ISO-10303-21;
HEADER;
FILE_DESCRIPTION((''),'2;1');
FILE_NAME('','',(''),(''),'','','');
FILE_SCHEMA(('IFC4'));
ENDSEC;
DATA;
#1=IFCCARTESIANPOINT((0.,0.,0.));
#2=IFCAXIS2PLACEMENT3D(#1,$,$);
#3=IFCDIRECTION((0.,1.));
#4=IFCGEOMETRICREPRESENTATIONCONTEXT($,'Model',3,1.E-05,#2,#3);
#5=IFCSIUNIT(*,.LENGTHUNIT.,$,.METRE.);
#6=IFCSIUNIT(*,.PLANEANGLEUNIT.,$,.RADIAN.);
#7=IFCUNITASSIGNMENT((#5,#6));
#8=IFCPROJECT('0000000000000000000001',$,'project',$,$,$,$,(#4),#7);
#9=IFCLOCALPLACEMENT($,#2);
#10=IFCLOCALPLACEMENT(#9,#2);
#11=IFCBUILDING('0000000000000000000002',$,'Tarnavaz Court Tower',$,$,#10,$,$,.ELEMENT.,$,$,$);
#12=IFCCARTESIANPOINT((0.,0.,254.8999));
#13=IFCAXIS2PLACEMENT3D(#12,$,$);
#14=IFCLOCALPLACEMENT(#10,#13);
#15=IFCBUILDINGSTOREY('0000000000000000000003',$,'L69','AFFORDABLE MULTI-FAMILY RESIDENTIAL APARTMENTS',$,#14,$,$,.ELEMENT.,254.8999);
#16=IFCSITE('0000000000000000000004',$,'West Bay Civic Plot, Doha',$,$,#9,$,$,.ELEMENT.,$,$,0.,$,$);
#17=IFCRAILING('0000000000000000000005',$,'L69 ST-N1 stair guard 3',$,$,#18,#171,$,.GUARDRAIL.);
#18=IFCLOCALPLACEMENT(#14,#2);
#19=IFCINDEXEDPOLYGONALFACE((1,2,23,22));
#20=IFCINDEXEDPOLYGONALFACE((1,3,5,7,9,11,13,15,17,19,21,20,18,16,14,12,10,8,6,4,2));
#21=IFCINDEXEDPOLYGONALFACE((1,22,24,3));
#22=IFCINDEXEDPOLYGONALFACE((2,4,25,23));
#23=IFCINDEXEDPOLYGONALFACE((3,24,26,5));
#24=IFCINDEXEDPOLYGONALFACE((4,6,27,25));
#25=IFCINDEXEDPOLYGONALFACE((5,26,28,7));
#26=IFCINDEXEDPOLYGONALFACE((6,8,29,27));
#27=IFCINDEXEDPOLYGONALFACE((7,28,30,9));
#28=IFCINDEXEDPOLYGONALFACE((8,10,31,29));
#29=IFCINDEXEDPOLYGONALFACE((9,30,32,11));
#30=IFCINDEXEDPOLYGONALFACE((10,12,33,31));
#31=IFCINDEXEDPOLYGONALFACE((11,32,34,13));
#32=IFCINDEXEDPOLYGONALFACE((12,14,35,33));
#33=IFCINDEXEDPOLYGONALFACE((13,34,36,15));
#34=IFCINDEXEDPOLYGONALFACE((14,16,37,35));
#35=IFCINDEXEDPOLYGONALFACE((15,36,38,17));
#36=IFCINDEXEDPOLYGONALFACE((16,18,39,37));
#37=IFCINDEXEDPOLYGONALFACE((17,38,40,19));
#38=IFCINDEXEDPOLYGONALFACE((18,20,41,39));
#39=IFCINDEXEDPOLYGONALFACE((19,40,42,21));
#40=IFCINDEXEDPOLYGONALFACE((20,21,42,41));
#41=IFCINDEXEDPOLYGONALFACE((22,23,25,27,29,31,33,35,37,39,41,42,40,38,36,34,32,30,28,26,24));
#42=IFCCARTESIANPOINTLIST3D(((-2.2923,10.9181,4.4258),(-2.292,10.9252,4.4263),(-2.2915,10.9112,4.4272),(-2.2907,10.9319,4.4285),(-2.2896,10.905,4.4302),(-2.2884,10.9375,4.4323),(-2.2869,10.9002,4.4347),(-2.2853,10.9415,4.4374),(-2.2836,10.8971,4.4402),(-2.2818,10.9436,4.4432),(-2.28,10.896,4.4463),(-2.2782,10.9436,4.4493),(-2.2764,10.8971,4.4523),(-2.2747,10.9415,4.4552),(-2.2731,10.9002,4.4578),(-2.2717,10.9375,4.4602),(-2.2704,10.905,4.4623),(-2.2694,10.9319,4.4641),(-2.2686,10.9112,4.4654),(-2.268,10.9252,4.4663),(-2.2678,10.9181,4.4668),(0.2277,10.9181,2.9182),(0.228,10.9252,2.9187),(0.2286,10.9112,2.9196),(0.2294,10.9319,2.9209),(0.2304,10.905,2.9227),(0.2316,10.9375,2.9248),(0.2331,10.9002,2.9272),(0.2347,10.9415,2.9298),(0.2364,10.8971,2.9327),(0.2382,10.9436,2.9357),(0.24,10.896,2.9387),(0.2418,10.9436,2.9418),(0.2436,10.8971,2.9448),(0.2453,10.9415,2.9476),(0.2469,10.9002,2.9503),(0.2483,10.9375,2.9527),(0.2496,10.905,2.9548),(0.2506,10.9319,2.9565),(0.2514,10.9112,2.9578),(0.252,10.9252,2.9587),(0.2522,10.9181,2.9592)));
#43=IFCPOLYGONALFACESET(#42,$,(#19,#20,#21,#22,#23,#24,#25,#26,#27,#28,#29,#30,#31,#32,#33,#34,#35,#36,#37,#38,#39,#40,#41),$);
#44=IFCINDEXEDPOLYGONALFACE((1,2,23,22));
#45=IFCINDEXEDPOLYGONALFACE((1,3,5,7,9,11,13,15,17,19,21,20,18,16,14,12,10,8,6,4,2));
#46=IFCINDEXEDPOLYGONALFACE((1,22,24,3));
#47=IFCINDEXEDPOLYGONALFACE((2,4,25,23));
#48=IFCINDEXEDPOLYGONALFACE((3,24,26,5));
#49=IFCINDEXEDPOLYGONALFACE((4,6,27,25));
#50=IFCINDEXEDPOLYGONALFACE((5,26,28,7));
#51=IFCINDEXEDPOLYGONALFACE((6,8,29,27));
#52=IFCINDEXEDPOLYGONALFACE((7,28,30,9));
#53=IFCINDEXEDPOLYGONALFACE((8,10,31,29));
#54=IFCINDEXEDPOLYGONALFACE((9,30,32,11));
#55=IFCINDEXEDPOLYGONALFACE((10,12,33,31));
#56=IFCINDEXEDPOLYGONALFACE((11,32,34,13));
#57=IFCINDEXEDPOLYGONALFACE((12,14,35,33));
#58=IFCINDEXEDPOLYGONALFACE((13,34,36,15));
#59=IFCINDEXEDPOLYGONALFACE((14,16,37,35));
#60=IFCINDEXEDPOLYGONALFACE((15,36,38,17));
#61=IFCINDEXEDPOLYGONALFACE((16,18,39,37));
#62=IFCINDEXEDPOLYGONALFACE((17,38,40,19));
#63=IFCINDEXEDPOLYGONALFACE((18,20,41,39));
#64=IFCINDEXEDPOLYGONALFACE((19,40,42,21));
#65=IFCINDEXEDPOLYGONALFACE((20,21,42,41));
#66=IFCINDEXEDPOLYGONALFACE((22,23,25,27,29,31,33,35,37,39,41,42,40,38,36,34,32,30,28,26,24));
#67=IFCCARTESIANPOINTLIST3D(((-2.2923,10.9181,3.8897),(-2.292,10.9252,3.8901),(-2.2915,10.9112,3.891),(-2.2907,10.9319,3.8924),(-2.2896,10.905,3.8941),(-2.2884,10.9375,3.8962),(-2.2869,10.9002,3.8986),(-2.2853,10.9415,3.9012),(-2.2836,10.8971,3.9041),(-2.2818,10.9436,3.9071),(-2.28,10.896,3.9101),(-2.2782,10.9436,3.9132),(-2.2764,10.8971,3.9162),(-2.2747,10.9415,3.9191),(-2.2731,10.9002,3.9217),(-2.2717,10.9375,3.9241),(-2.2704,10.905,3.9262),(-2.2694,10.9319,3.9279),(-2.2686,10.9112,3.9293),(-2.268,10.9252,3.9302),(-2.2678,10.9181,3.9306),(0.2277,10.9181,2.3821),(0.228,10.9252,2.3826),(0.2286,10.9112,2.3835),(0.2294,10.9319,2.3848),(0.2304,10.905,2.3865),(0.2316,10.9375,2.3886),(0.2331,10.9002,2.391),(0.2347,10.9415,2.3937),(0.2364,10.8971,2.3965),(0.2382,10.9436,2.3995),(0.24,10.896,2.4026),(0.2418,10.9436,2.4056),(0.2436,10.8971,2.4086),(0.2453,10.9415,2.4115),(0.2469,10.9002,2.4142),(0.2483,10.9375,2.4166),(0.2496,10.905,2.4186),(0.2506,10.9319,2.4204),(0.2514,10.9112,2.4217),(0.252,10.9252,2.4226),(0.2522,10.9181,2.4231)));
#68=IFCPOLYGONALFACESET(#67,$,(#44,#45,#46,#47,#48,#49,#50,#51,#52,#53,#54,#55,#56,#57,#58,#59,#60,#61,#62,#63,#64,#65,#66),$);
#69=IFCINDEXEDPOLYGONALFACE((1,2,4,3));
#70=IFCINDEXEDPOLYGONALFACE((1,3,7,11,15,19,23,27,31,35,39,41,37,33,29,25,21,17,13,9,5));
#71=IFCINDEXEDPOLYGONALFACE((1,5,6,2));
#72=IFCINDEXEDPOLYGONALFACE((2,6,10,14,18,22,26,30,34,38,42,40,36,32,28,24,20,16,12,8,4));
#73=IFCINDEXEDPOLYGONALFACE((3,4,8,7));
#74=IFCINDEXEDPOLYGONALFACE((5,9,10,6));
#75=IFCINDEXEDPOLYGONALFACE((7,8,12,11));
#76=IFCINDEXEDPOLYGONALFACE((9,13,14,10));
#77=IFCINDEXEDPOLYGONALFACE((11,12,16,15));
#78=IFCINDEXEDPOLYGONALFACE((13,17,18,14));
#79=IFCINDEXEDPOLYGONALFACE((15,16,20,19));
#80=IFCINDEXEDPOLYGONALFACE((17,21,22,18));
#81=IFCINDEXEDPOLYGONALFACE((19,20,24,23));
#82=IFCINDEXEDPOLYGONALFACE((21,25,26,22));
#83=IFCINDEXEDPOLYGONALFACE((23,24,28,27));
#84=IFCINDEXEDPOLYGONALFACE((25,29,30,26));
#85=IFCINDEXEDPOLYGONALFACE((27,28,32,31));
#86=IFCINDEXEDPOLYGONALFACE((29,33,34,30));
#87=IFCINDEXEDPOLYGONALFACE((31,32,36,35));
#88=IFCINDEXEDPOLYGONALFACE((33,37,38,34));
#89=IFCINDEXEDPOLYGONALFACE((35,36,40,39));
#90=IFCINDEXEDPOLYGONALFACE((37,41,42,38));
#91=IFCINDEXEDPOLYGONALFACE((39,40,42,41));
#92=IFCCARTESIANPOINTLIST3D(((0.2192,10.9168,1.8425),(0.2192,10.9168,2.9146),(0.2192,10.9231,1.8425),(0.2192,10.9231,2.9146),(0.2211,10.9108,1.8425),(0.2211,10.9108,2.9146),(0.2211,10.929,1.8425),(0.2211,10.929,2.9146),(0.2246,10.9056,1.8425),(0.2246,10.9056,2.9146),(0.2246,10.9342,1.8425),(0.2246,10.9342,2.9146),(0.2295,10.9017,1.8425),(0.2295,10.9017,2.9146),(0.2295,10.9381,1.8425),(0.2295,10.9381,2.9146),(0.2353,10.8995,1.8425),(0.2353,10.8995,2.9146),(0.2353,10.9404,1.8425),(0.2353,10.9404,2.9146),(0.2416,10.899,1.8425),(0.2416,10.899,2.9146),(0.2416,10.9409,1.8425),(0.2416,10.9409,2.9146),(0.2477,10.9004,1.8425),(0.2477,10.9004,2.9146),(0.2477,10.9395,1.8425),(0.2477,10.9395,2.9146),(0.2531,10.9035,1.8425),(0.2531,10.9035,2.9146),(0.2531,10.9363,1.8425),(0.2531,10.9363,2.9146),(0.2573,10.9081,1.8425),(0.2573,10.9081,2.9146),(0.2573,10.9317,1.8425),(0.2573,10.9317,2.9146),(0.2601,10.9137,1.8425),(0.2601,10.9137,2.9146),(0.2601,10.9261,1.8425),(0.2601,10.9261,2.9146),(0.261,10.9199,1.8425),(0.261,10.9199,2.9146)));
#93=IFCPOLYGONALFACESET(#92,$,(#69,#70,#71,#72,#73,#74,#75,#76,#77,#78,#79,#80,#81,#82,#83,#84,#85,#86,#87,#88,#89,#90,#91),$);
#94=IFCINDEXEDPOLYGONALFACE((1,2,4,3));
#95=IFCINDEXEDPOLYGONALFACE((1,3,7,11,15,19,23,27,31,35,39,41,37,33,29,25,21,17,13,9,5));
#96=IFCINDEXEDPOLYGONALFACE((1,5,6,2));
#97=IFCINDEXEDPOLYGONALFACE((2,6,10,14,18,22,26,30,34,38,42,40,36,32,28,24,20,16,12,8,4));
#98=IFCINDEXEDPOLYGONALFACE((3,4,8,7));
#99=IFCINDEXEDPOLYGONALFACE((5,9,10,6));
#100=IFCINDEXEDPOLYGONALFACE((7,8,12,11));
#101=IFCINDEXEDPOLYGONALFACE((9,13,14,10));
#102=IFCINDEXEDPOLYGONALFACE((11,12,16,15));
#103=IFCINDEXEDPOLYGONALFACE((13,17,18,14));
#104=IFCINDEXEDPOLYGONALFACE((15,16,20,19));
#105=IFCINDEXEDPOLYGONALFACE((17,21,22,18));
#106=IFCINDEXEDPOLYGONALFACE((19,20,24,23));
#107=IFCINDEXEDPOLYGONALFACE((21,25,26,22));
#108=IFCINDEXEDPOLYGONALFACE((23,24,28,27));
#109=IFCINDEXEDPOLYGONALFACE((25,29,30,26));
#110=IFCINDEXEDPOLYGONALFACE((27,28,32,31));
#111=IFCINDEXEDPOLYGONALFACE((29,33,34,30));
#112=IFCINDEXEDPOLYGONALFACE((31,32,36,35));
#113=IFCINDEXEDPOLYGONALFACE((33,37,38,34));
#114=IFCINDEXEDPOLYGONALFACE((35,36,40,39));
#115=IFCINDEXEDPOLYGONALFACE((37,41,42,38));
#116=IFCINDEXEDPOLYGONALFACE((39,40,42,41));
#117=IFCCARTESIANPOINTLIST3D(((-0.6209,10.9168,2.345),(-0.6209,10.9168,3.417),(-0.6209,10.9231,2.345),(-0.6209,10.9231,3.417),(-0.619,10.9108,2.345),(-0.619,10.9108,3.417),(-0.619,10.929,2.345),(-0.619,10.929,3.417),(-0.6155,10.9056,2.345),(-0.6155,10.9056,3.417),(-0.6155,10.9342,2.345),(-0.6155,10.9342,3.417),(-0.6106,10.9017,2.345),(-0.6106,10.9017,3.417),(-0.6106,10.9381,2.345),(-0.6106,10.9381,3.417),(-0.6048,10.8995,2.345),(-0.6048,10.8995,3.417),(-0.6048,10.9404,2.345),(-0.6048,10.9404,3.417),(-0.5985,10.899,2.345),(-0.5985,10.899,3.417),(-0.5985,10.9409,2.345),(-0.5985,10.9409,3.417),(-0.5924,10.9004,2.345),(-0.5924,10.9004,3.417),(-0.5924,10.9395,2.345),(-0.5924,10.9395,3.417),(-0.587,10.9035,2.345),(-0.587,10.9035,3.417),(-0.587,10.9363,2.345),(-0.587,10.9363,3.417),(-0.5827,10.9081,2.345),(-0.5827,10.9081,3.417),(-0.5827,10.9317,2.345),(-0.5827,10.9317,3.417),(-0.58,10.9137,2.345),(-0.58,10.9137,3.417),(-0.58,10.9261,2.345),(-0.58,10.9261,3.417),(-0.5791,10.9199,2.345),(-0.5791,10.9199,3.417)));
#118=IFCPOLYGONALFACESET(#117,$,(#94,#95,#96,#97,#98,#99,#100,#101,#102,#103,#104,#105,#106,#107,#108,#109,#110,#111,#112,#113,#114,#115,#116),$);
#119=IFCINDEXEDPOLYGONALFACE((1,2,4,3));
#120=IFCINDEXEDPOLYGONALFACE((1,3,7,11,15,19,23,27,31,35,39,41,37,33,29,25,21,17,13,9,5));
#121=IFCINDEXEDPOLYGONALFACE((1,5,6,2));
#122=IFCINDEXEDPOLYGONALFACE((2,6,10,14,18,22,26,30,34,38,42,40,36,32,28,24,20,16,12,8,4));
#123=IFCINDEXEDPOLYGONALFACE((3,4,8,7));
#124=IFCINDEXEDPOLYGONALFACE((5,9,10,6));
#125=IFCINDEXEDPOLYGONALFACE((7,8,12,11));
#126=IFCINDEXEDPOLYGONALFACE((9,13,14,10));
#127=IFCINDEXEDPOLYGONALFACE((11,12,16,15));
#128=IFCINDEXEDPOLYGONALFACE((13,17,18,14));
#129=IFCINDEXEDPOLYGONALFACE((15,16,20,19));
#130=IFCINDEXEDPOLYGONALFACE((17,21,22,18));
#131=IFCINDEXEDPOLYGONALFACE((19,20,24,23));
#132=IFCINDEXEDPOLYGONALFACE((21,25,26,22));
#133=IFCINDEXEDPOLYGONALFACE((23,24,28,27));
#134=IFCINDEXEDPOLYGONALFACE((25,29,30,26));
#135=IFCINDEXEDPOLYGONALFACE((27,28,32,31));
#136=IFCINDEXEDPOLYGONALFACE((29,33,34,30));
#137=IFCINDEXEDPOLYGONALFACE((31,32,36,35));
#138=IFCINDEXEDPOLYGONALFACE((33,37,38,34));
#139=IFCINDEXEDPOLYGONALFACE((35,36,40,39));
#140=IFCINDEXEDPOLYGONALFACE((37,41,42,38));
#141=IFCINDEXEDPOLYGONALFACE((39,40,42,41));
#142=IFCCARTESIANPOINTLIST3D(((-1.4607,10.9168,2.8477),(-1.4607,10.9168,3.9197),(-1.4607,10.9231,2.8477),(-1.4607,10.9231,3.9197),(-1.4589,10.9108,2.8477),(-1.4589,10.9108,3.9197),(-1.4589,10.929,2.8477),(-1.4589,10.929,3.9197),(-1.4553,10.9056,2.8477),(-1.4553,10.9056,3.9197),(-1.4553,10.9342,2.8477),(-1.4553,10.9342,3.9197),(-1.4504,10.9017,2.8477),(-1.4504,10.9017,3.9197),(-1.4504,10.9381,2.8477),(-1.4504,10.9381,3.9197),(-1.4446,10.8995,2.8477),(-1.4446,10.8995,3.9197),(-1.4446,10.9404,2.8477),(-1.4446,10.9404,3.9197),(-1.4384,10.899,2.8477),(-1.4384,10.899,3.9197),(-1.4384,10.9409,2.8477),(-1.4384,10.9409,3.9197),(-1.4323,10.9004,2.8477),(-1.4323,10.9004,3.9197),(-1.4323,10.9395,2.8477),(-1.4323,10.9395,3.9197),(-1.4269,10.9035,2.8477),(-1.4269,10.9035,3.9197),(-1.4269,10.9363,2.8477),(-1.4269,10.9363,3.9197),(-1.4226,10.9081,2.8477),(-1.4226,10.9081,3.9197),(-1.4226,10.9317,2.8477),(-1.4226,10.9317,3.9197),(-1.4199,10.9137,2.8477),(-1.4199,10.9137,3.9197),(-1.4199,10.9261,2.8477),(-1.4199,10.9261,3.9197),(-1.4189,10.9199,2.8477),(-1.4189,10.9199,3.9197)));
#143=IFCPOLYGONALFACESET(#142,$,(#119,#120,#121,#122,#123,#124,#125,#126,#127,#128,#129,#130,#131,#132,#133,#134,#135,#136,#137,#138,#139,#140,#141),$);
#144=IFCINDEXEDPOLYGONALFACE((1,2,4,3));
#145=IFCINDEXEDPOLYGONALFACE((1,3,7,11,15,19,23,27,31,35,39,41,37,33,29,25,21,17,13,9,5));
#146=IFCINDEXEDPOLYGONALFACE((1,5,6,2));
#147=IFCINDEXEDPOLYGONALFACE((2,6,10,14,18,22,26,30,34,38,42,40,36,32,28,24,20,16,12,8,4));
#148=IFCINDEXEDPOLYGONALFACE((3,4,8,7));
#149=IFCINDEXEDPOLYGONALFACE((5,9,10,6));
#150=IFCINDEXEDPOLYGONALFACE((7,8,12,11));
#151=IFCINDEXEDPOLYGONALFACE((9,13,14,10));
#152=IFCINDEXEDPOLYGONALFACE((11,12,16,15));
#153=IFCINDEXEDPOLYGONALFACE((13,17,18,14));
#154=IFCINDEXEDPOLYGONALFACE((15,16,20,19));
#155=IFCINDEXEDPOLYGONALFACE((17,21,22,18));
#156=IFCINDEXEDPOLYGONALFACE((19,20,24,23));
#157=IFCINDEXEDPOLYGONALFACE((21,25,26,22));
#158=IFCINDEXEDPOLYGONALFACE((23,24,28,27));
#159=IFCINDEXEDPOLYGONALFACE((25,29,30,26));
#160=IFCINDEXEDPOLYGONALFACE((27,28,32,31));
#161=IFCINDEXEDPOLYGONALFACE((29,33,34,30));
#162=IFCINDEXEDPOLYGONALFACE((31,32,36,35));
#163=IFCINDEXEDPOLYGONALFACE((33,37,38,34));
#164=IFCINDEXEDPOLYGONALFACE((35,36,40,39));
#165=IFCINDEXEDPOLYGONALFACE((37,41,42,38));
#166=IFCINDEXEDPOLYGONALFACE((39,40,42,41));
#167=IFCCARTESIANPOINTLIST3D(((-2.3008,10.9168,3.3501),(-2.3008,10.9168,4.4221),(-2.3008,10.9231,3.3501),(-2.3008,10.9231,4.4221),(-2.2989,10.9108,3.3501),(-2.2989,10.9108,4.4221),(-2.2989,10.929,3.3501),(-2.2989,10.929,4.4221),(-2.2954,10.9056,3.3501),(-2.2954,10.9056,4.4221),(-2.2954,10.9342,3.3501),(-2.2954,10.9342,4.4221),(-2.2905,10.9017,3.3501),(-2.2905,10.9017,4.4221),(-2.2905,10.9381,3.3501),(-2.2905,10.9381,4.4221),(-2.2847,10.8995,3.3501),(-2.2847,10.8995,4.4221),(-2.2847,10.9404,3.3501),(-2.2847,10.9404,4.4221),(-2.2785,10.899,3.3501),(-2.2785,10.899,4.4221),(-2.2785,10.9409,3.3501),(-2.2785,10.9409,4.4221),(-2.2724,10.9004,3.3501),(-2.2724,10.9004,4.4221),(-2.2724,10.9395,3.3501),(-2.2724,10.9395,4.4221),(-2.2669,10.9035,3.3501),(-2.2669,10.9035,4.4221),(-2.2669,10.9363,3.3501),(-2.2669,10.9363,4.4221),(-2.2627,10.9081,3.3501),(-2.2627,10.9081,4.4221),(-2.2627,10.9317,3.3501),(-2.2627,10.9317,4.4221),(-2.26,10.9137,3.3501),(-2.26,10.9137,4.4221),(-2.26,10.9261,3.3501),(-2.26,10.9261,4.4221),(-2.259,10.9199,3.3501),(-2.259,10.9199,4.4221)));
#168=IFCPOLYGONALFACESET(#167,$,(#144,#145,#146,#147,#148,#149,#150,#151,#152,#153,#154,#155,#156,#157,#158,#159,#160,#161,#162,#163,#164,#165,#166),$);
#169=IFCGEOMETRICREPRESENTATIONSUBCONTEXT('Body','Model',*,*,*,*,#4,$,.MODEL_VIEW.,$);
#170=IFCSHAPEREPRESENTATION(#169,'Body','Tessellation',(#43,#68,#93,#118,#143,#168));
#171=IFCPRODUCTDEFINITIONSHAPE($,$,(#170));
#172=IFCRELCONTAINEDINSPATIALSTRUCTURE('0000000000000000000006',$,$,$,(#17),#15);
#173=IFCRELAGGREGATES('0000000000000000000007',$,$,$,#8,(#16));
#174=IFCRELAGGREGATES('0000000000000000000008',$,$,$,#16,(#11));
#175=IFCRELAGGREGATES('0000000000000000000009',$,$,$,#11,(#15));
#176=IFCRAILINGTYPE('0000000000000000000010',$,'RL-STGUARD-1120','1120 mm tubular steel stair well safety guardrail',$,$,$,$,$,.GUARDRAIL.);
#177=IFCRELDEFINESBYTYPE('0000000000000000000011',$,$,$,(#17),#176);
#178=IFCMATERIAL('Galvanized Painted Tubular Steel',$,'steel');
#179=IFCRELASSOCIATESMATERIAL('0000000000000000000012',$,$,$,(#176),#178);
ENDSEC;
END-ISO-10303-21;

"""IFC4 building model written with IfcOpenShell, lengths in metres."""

from ifc_helpers import new_model, si_unit, direction, frame, origin, origin_2d, place, context, subcontext, project, spatial, circle, extrude, material, type_object, element, save


model = new_model("IFC4")

# Units and contexts
model_context = context("Model", 3, precision=1e-05, world=origin(), true_north=direction((0.0, 1.0)))
body_context = subcontext(model_context, "Body", "Model", "MODEL_VIEW")
ifc_project = project(units=[si_unit("LENGTHUNIT", "METRE"), si_unit("PLANEANGLEUNIT", "RADIAN")], contexts=[model_context])

# Site, building, storey
site_placement = place(None, origin())
site = spatial("IfcSite", under=ifc_project, at=site_placement, Name="West Bay Civic Plot, Doha", CompositionType="ELEMENT", RefElevation=0.0)
building_placement = place(site_placement, origin())
building = spatial("IfcBuilding", under=site, at=building_placement, Name="Tarnavaz Court Tower", CompositionType="ELEMENT")
storey_placement = place(building_placement, frame((0.0, 0.0, 254.8999)))
storey = spatial("IfcBuildingStorey", under=building, at=storey_placement, Name="L69", Description="AFFORDABLE MULTI-FAMILY RESIDENTIAL APARTMENTS", CompositionType="ELEMENT", Elevation=254.8999)

# Railing
ifc_material_1 = material(Name="Galvanized Painted Tubular Steel", Category="steel")
railing_type_1 = type_object("IfcRailingType", Name="RL-STGUARD-1120", Description="1120 mm tubular steel stair well safety guardrail", PredefinedType="GUARDRAIL", material=ifc_material_1)
railing_1_placement = place(storey_placement, frame((0.24, 10.9199, 1.8425)))
element("IfcRailing", 1, at=railing_1_placement, inside=storey, type_object=railing_type_1, Name="L69 ST-N1 stair guard 3", PredefinedType="GUARDRAIL", context=body_context, shape_type="SweptSolid", body=[
    extrude(circle(Radius=0.0239, at=origin_2d()), frame((0.0, 0.0, 1.0962), z_axis=(-0.85816, 0.0, 0.513383), x_axis=(0.0, -1.0, 0.0)), (0.0, 0.0, 1.0), 2.9365),
    extrude(circle(Radius=0.0239, at=origin_2d()), frame((0.0, 0.0, 0.5601), z_axis=(-0.85816, 0.0, 0.513383), x_axis=(0.0, -1.0, 0.0)), (0.0, 0.0, 1.0), 2.9365),
    extrude(circle(Radius=0.021, at=origin_2d()), origin(), (0.0, 0.0, 1.0), 1.072),
    extrude(circle(Radius=0.021, at=origin_2d()), frame((-0.8401, 0.0, 0.5024)), (0.0, 0.0, 1.0), 1.072),
    extrude(circle(Radius=0.021, at=origin_2d()), frame((-1.6799, 0.0, 1.0051)), (0.0, 0.0, 1.0), 1.072),
    extrude(circle(Radius=0.021, at=origin_2d()), frame((-2.52, 0.0, 1.5076)), (0.0, 0.0, 1.0), 1.072),
])

save(model, "model.ifc")
